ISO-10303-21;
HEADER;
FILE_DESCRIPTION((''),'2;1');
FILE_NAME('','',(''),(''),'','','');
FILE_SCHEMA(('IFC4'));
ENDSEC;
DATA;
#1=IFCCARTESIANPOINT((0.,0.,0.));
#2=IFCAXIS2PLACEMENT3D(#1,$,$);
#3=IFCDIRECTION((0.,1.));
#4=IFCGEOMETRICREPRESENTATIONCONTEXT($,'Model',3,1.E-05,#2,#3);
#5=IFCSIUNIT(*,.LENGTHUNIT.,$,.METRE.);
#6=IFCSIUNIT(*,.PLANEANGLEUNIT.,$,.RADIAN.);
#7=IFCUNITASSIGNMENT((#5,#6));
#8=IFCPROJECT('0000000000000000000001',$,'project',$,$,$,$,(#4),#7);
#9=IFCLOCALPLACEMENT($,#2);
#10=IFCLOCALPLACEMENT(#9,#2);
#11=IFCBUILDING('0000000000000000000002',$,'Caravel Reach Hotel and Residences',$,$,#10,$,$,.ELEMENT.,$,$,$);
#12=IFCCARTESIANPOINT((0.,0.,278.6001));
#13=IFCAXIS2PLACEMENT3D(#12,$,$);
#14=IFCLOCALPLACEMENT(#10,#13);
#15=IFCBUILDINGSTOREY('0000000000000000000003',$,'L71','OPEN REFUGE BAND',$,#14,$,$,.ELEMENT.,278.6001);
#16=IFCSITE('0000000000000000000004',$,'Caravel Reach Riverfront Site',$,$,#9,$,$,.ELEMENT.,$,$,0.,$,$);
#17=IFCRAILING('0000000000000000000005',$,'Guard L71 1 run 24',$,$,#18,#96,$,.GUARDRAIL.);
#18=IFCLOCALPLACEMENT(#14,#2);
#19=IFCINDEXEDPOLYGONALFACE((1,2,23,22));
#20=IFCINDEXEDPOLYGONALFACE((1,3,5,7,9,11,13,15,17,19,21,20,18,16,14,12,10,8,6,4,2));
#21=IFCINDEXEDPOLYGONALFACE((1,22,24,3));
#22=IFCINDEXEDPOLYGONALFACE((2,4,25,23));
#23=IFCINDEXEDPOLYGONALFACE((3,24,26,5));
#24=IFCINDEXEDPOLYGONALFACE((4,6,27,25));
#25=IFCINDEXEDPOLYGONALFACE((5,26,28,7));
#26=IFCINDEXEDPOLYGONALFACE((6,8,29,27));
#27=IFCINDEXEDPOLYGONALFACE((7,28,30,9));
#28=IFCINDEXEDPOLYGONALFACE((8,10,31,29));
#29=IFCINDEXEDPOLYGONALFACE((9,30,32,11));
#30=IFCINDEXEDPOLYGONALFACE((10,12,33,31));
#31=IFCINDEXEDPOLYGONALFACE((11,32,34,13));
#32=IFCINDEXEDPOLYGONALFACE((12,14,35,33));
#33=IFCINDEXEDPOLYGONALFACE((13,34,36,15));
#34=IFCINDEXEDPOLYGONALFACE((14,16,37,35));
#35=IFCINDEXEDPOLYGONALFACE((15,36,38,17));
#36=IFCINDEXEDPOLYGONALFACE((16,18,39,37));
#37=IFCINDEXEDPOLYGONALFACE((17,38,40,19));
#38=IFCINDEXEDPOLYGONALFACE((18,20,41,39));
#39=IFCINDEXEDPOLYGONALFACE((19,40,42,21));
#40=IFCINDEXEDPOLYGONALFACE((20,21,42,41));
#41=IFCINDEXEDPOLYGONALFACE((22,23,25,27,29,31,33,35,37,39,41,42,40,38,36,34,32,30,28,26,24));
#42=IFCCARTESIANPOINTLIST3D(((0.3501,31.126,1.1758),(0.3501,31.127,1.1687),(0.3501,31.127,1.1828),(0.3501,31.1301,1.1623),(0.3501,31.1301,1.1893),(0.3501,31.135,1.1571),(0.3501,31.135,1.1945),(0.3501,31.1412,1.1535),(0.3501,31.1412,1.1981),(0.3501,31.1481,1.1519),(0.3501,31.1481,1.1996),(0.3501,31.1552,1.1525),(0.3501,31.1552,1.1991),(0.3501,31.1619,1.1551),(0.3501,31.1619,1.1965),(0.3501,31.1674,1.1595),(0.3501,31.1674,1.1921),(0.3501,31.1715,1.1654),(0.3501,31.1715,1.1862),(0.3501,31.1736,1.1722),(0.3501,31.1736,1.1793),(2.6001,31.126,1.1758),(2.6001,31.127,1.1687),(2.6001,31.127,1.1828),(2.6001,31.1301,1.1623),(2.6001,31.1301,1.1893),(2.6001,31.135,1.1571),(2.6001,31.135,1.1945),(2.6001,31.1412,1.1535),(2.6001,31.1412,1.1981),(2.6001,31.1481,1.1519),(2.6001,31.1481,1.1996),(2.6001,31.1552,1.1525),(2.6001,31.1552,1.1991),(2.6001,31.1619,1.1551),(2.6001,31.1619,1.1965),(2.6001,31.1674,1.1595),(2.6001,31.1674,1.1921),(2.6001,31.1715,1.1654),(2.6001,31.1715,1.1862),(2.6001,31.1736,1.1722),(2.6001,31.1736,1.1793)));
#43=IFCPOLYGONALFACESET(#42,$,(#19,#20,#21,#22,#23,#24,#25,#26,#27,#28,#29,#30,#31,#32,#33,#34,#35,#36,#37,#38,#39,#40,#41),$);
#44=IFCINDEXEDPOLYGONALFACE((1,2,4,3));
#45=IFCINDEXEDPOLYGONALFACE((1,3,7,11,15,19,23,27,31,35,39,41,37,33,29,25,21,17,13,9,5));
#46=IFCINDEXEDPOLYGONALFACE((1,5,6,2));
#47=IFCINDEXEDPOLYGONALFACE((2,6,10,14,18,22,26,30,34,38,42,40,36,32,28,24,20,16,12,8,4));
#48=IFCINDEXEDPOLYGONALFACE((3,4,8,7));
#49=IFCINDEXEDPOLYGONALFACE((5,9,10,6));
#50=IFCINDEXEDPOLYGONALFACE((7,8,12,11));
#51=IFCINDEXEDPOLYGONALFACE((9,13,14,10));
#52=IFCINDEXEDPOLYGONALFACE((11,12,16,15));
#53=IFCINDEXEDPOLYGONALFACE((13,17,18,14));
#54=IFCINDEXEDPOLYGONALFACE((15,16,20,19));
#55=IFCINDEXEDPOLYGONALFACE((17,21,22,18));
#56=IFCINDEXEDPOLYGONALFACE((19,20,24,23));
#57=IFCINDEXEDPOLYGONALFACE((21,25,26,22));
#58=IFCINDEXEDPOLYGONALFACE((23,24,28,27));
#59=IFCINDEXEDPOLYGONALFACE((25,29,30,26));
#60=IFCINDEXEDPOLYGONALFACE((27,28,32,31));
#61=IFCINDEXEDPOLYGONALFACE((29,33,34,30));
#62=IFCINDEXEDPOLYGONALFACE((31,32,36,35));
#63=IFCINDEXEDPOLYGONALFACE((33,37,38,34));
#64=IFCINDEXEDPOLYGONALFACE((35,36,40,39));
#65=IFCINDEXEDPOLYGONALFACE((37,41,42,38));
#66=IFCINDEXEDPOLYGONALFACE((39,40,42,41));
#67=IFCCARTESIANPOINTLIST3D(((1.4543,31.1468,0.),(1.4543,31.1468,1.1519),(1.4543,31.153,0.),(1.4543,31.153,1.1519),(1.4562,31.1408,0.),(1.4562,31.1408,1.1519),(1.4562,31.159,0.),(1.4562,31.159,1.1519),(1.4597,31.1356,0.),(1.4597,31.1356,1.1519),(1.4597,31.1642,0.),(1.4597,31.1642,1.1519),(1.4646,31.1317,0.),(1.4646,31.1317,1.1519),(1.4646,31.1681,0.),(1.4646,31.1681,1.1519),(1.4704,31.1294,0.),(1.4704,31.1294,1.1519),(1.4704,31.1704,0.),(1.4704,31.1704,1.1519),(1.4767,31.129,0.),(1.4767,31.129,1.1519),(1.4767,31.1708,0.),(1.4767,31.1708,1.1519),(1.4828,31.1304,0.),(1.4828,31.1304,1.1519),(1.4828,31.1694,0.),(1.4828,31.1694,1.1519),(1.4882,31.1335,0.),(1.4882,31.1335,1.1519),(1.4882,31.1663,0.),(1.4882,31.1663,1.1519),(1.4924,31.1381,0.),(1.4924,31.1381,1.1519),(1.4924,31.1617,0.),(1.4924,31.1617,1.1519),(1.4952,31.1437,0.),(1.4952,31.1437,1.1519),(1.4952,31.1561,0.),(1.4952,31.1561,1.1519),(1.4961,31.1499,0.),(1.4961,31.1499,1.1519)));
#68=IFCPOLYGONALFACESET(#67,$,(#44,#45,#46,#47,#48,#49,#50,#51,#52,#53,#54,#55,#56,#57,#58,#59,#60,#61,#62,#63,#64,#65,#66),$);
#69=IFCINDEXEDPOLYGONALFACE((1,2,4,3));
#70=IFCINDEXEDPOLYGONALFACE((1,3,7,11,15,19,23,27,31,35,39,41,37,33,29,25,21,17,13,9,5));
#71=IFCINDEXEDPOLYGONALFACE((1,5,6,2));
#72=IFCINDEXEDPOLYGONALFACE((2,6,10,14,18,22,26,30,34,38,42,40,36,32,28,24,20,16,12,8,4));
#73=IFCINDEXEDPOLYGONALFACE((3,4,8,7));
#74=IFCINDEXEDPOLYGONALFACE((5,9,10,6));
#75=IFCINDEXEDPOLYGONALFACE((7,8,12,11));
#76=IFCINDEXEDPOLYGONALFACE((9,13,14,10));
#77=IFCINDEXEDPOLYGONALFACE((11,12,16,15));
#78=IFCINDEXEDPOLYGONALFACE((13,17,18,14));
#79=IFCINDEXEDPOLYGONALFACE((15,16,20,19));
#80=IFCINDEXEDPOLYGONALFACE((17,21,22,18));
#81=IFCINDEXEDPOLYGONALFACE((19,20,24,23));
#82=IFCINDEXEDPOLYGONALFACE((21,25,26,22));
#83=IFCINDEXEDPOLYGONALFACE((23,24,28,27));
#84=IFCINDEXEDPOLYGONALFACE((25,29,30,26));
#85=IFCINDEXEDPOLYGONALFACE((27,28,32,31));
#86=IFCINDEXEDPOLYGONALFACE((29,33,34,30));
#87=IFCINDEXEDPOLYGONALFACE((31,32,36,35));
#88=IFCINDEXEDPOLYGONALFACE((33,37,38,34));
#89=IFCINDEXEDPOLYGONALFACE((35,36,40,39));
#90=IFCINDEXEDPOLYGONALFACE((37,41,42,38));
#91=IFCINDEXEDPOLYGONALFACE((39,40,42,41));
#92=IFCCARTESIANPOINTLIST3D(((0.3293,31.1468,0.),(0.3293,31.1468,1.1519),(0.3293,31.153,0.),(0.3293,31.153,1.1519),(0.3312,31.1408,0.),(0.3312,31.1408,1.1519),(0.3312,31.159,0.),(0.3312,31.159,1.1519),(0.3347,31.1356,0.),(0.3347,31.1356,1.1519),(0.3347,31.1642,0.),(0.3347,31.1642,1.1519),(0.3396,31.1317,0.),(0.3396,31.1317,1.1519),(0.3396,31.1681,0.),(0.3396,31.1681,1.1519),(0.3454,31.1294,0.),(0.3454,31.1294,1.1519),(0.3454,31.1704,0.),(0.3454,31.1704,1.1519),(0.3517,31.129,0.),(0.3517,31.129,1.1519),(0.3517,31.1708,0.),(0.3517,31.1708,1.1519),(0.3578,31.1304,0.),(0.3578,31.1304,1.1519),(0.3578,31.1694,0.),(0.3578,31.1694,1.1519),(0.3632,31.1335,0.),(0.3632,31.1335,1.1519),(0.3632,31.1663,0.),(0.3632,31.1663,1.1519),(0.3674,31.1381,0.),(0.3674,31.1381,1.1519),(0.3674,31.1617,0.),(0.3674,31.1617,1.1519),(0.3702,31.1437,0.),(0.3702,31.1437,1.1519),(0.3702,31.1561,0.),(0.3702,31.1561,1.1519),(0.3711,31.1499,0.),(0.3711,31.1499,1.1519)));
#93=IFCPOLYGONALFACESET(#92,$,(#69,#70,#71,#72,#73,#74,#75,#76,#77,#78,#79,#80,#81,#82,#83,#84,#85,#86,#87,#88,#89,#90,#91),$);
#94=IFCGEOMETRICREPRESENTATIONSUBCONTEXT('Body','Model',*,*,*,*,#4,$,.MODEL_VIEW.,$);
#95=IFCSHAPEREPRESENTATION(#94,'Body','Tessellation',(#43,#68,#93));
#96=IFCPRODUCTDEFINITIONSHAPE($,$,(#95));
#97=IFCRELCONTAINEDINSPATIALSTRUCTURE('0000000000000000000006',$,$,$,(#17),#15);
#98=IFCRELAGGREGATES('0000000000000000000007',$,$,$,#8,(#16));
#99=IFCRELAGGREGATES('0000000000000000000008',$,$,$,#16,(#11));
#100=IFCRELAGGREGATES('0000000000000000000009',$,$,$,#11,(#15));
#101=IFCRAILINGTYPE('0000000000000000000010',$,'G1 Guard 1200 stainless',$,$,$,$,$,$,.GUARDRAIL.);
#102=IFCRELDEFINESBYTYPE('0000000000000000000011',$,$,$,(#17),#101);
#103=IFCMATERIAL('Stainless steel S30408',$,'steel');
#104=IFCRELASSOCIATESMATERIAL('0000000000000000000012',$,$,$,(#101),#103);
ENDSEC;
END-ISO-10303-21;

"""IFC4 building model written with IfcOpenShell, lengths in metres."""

from ifc_helpers import new_model, si_unit, direction, frame, origin, origin_2d, place, context, subcontext, project, spatial, circle, extrude, material, type_object, element, save


model = new_model("IFC4")

# Units and contexts
model_context = context("Model", 3, precision=1e-05, world=origin(), true_north=direction((0.0, 1.0)))
body_context = subcontext(model_context, "Body", "Model", "MODEL_VIEW")
ifc_project = project(units=[si_unit("LENGTHUNIT", "METRE"), si_unit("PLANEANGLEUNIT", "RADIAN")], contexts=[model_context])

# Site, building, storey
site_placement = place(None, origin())
site = spatial("IfcSite", under=ifc_project, at=site_placement, Name="Caravel Reach Riverfront Site", CompositionType="ELEMENT", RefElevation=0.0)
building_placement = place(site_placement, origin())
building = spatial("IfcBuilding", under=site, at=building_placement, Name="Caravel Reach Hotel and Residences", CompositionType="ELEMENT")
storey_placement = place(building_placement, frame((0.0, 0.0, 278.6001)))
storey = spatial("IfcBuildingStorey", under=building, at=storey_placement, Name="L71", Description="OPEN REFUGE BAND", CompositionType="ELEMENT", Elevation=278.6001)

# Railing
ifc_material_1 = material(Name="Stainless steel S30408", Category="steel")
railing_type = type_object("IfcRailingType", Name="G1 Guard 1200 stainless", PredefinedType="GUARDRAIL", material=ifc_material_1)
railing_1_placement = place(storey_placement, frame((2.6001, 31.1499, 0.0)))
element("IfcRailing", 1, at=railing_1_placement, inside=storey, type_object=railing_type, Name="Guard L71 1 run 24", PredefinedType="GUARDRAIL", context=body_context, shape_type="SweptSolid", body=[
    extrude(circle(Radius=0.0239, at=origin_2d()), frame((0.0, 0.0, 1.1758), z_axis=(-1.0, 0.0, 0.0), x_axis=(0.0, -1.0, 0.0)), (0.0, 0.0, 1.0), 2.25),
    extrude(circle(Radius=0.021, at=origin_2d()), frame((-1.125, 0.0, 0.0)), (0.0, 0.0, 1.0), 1.1519),
    extrude(circle(Radius=0.021, at=origin_2d()), frame((-2.25, 0.0, 0.0)), (0.0, 0.0, 1.0), 1.1519),
])

save(model, "model.ifc")
